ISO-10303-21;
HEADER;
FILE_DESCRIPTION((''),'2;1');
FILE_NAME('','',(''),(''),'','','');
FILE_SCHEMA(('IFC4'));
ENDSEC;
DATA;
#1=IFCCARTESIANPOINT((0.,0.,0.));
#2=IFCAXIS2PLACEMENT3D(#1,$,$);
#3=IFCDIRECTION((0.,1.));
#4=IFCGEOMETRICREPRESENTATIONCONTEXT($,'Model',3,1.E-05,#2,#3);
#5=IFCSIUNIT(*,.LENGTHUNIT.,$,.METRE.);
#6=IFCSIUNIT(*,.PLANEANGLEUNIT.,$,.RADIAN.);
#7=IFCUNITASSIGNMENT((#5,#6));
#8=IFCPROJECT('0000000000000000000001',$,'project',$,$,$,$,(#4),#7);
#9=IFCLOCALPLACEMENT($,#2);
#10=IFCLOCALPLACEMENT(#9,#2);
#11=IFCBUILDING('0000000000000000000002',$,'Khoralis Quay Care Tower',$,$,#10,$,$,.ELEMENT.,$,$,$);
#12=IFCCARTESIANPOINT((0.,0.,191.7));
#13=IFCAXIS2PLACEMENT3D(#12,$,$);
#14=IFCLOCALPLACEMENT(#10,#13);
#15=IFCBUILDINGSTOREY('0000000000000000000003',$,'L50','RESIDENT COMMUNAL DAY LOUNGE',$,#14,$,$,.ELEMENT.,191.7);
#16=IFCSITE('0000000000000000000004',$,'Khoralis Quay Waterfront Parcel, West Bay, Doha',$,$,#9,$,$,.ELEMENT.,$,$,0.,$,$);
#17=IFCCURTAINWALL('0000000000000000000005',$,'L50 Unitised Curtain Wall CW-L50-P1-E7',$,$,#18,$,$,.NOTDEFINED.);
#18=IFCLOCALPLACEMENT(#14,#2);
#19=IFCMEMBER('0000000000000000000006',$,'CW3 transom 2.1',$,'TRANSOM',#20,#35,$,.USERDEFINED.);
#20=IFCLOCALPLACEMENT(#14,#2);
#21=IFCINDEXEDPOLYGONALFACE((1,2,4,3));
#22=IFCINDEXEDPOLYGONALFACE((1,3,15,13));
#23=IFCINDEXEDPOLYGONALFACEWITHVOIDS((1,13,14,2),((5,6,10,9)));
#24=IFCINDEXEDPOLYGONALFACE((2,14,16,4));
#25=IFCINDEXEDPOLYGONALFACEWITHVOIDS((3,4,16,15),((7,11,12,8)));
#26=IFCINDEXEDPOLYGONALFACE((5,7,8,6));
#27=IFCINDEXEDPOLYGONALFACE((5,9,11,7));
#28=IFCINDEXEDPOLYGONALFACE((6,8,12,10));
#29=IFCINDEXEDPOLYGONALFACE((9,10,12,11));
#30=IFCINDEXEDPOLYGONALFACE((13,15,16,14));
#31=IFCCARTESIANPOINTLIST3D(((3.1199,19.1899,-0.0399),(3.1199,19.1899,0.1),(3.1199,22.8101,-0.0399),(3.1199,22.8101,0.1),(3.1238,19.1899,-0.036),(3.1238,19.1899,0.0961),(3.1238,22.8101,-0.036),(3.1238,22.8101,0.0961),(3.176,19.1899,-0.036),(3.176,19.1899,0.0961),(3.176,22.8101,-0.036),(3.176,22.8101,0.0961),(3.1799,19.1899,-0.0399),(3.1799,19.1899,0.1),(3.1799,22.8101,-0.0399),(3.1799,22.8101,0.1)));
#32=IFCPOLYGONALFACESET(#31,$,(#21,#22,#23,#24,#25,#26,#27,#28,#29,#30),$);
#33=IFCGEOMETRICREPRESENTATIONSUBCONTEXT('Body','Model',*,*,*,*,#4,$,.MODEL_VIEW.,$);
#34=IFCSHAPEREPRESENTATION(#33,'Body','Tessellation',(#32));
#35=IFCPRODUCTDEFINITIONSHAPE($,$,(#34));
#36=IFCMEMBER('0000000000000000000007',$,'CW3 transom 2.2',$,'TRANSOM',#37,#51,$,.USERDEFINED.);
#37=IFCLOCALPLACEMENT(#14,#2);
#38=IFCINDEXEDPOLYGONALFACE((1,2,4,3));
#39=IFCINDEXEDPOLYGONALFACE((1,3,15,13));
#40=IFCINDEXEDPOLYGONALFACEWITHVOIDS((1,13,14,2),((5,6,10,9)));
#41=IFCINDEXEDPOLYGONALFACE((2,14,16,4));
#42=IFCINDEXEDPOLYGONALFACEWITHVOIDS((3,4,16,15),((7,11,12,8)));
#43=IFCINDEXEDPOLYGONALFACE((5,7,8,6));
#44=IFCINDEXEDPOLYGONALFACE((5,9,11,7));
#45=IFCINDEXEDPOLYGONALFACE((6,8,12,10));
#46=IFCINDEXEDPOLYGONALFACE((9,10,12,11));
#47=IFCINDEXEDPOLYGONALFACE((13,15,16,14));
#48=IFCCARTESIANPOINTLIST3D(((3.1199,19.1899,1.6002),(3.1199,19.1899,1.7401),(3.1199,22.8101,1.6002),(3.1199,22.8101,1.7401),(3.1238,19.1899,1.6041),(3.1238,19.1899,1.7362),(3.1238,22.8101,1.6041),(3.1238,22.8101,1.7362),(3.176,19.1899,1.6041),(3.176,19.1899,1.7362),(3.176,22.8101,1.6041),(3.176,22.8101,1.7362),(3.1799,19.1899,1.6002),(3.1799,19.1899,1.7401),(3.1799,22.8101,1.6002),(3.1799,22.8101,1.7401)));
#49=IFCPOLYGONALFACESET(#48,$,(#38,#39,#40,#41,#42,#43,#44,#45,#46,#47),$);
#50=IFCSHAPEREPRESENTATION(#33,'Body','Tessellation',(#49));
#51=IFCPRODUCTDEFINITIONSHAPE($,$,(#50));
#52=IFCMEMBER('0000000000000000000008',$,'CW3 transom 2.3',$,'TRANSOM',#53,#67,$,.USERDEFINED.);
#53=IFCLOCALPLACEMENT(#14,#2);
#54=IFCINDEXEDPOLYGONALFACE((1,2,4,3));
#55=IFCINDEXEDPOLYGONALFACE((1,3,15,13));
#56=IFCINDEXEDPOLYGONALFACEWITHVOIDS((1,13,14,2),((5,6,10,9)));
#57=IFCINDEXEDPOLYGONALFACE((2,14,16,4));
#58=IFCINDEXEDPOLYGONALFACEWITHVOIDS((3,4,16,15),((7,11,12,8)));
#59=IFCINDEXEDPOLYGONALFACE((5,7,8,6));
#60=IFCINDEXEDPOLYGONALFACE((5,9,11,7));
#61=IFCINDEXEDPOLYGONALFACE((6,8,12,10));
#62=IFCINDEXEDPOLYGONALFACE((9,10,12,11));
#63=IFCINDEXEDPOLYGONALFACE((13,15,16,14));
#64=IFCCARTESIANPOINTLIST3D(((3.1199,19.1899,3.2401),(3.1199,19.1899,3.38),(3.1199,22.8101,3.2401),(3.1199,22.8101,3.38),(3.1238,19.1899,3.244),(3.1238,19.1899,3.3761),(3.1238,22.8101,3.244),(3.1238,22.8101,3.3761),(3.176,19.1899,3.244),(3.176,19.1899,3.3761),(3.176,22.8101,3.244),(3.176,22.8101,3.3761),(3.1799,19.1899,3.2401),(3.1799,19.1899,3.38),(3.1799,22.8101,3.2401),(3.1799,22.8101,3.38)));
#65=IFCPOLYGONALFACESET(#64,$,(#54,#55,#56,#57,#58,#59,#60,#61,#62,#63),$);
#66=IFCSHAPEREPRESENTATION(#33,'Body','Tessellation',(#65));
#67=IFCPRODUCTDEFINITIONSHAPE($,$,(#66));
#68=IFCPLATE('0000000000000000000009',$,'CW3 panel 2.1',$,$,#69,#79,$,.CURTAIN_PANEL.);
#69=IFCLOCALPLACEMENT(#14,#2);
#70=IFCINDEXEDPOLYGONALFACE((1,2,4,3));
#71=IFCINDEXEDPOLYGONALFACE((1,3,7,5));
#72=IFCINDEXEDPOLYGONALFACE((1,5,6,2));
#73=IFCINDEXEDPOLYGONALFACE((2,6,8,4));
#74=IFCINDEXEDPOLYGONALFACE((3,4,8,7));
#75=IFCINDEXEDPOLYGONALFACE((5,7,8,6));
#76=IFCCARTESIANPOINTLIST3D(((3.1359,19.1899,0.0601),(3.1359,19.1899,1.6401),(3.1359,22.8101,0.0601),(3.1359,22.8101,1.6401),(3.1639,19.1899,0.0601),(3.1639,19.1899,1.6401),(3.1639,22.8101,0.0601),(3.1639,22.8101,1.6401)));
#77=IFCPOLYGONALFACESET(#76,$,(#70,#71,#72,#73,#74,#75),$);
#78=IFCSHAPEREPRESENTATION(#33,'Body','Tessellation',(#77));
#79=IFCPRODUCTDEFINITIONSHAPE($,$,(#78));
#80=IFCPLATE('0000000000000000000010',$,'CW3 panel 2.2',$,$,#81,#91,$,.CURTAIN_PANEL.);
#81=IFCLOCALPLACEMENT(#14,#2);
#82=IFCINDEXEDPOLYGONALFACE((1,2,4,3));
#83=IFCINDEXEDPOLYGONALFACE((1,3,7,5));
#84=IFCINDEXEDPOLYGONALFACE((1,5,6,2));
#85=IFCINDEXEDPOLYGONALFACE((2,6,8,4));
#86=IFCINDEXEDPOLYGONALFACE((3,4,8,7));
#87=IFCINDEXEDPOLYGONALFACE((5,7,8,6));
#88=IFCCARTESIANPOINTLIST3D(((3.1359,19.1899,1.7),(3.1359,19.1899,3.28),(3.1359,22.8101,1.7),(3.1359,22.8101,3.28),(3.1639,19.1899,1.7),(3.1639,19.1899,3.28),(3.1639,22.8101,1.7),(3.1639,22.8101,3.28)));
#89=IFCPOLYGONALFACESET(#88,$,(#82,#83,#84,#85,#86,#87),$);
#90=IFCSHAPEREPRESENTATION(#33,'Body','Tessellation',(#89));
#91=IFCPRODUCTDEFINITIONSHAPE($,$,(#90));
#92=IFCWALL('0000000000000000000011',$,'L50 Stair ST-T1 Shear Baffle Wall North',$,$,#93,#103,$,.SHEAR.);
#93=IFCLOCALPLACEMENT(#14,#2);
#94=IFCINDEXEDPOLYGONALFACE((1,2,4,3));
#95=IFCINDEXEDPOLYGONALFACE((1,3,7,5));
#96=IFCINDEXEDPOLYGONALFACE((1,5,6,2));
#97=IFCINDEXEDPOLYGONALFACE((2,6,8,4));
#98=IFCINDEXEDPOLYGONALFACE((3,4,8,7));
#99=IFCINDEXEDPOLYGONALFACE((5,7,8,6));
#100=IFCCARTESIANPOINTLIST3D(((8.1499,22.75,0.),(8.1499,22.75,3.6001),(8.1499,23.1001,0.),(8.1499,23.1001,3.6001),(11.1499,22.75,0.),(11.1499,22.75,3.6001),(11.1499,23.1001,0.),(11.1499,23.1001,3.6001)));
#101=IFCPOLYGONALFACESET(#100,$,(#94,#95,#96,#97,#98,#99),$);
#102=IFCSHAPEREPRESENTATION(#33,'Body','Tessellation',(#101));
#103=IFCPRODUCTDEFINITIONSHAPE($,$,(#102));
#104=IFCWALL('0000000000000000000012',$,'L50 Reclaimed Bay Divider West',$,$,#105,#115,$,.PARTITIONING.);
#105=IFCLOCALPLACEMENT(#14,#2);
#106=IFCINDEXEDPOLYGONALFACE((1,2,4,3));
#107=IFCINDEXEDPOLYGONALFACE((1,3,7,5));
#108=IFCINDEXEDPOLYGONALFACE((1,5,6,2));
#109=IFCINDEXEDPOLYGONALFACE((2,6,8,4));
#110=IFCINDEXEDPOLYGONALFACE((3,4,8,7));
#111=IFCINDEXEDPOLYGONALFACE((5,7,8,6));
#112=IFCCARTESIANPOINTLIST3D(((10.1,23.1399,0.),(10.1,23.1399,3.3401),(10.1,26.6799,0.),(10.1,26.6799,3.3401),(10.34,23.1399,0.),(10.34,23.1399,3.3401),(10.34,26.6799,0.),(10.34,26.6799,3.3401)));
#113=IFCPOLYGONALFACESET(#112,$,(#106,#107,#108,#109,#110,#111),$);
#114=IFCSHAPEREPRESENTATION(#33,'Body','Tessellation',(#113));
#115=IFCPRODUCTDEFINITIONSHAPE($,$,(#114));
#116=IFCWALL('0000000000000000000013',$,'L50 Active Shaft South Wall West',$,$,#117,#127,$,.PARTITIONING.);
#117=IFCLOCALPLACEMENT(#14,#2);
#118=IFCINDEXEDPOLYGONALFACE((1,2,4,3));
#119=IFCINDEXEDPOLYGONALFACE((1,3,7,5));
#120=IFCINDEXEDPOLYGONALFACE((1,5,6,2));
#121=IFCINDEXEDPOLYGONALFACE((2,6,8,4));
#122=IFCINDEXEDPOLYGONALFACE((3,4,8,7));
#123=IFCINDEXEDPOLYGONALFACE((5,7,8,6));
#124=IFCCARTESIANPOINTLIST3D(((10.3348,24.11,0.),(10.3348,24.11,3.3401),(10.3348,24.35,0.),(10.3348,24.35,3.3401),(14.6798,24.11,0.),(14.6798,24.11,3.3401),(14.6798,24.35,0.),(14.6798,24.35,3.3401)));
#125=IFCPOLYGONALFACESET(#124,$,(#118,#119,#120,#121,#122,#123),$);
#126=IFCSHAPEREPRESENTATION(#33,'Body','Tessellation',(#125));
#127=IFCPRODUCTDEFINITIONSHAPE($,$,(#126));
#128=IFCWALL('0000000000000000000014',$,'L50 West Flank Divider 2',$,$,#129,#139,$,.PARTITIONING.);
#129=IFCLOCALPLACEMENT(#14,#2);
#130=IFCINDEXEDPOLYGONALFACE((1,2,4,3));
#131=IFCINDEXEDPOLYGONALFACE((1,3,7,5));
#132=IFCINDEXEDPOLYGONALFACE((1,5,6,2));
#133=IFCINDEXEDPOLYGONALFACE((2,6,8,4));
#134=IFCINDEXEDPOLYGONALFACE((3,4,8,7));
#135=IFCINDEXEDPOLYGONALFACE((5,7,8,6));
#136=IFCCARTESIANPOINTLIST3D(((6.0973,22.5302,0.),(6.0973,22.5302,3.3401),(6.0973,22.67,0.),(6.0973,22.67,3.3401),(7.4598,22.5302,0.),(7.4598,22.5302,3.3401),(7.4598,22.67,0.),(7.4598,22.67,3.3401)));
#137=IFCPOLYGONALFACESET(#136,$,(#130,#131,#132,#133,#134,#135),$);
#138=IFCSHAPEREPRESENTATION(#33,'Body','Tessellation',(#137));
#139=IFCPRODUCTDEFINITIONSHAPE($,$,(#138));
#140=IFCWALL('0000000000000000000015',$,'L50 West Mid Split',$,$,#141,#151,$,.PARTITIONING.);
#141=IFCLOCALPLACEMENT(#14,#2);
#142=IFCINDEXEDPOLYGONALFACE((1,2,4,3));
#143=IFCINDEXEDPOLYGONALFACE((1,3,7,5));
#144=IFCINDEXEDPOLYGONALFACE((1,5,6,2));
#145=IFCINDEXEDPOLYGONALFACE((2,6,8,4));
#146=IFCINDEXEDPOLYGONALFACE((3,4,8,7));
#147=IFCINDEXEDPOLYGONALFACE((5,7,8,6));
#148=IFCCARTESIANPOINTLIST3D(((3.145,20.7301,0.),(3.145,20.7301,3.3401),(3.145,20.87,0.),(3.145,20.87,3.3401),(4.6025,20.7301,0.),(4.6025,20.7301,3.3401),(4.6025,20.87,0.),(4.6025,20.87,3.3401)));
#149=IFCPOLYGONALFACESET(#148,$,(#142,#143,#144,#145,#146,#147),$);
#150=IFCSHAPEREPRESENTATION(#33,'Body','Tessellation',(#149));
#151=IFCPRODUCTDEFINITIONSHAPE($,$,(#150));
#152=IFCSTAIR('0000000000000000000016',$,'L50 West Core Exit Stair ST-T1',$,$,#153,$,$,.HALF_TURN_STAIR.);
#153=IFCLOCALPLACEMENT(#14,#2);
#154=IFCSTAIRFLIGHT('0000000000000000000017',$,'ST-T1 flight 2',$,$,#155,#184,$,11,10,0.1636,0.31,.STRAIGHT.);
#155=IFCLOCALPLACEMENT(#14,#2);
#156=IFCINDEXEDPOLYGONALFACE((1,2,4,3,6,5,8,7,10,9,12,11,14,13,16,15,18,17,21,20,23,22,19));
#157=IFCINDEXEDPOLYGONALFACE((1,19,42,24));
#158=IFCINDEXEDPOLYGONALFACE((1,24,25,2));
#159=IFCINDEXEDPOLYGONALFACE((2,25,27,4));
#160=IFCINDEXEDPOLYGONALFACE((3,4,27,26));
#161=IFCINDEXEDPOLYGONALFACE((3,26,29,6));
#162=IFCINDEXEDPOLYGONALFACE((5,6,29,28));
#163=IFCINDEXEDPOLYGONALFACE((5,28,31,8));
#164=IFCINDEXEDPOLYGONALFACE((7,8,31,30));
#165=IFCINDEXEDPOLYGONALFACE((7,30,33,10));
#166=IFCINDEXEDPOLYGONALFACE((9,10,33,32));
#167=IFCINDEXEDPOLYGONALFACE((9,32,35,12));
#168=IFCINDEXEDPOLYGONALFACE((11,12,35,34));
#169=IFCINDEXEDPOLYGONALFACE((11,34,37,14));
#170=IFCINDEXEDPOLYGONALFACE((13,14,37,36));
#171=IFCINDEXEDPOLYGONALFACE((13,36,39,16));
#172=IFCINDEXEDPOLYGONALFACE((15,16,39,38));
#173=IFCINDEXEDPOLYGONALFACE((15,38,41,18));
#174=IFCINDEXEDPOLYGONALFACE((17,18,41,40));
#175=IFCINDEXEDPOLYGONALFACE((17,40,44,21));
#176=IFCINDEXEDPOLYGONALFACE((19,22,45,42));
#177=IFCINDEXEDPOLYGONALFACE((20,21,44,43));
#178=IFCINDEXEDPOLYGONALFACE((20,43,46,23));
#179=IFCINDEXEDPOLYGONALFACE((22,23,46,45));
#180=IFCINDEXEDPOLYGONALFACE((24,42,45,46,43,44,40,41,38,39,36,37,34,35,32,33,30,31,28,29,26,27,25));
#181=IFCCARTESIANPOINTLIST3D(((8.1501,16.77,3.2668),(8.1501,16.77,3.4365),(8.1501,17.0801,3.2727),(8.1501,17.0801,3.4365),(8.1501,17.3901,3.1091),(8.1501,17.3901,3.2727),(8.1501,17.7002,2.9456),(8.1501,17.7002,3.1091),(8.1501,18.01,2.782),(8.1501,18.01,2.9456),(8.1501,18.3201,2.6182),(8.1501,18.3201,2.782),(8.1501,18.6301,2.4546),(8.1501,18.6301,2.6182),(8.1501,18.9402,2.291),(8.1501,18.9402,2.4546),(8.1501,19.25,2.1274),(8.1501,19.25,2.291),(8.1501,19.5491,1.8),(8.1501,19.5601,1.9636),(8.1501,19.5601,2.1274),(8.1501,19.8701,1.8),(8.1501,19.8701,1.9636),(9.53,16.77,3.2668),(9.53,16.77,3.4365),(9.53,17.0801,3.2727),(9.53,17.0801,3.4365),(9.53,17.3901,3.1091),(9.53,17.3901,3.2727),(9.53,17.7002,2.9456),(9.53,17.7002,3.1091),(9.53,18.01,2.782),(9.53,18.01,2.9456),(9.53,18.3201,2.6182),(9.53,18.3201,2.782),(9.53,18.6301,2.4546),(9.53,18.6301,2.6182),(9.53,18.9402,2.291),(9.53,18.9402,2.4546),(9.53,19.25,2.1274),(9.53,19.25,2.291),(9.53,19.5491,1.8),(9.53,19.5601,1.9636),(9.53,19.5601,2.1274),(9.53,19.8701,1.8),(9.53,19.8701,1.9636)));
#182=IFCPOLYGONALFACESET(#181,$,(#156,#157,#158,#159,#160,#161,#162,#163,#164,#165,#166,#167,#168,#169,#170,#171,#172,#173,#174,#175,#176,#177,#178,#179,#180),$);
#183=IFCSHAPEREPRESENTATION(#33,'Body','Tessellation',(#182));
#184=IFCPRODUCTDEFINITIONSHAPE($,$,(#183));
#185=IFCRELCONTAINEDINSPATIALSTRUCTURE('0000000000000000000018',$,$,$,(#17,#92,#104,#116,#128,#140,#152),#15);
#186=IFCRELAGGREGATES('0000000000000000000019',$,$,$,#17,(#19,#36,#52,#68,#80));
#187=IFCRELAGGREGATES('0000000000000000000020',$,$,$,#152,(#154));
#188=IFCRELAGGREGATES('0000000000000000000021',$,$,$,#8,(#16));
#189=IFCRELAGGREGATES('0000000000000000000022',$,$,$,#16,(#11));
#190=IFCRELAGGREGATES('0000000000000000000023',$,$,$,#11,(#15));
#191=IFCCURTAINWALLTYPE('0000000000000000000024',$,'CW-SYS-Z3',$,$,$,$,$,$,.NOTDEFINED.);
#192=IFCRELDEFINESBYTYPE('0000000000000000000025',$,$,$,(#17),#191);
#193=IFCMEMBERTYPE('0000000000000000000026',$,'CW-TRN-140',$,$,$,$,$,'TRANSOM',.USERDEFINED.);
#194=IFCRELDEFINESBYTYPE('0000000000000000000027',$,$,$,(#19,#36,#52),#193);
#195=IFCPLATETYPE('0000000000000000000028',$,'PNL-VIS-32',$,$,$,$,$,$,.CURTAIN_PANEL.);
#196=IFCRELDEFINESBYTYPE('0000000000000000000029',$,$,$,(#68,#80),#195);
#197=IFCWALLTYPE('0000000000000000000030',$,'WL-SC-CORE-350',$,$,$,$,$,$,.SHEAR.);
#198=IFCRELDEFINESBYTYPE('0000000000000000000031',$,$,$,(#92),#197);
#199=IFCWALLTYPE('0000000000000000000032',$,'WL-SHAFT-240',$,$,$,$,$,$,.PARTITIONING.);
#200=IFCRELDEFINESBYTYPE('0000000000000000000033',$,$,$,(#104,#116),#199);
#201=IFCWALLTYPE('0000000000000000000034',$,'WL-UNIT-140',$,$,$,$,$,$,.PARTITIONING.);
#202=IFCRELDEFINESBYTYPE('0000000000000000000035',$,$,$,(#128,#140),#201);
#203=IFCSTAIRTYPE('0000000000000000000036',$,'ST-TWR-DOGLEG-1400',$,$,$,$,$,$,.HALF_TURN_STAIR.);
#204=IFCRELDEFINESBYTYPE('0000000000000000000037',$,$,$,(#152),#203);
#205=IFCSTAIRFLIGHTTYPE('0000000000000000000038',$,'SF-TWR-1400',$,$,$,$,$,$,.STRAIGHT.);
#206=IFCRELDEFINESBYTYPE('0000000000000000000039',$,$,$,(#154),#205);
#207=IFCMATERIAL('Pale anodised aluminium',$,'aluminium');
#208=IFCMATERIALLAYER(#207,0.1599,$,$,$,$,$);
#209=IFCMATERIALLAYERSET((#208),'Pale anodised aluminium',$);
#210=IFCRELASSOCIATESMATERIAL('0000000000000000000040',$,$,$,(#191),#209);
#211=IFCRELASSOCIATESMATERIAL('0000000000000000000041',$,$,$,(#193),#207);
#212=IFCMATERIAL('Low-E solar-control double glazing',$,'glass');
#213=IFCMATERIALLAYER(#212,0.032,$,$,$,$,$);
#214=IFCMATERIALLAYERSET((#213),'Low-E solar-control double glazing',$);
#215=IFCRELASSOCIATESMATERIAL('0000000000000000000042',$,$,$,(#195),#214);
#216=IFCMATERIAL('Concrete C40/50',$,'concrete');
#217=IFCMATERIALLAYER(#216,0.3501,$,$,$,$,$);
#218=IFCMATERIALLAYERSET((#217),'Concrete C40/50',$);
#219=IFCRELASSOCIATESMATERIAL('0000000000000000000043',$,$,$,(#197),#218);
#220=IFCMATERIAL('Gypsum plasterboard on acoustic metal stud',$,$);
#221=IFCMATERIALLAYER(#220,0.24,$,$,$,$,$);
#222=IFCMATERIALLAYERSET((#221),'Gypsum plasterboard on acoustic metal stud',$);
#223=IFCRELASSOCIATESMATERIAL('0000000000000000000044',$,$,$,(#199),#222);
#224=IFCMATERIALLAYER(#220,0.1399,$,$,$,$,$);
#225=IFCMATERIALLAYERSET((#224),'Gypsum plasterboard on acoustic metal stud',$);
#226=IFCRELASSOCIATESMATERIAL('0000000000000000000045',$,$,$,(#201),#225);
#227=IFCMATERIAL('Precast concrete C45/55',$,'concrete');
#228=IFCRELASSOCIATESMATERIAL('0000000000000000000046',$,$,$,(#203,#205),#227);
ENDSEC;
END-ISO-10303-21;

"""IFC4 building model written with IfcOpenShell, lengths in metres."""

from ifc_helpers import new_model, si_unit, direction, frame, frame_2d, origin, origin_2d, place, context, subcontext, project, spatial, polyline, rectangle, hollow_rectangle, outline, extrude, source, transform, mapped, material, layer, layer_set, material_profile, profile_set, type_object, element, aggregate, save


model = new_model("IFC4")

# Units and contexts
model_context = context("Model", 3, precision=1e-05, world=origin(), true_north=direction((0.0, 1.0)))
body_context = subcontext(model_context, "Body", "Model", "MODEL_VIEW")
ifc_project = project(units=[si_unit("LENGTHUNIT", "METRE"), si_unit("PLANEANGLEUNIT", "RADIAN")], contexts=[model_context])

# Site, building, storey
site_placement = place(None, origin())
site = spatial("IfcSite", under=ifc_project, at=site_placement, Name="Khoralis Quay Waterfront Parcel, West Bay, Doha", CompositionType="ELEMENT", RefElevation=0.0)
building_placement = place(site_placement, origin())
building = spatial("IfcBuilding", under=site, at=building_placement, Name="Khoralis Quay Care Tower", CompositionType="ELEMENT")
storey_placement = place(building_placement, frame((0.0, 0.0, 191.7)))
storey = spatial("IfcBuildingStorey", under=building, at=storey_placement, Name="L50", Description="RESIDENT COMMUNAL DAY LOUNGE", CompositionType="ELEMENT", Elevation=191.7)

# Curtain wall, members, plates
ifc_material_1 = material(Name="Pale anodised aluminium", Category="aluminium")
ifc_layer_1 = layer(ifc_material_1, 0.1599)
ifc_layer_set_1 = layer_set([ifc_layer_1], Name="Pale anodised aluminium")
curtain_wall_type = type_object("IfcCurtainWallType", Name="CW-SYS-Z3", PredefinedType="NOTDEFINED", material=ifc_layer_set_1)
curtain_wall_placement = place(storey_placement, origin())
curtain_wall = element("IfcCurtainWall", 1, at=curtain_wall_placement, inside=storey, type_object=curtain_wall_type, Name="L50 Unitised Curtain Wall CW-L50-P1-E7", PredefinedType="NOTDEFINED")
ifc_material_profile_1 = material_profile(ifc_material_1, hollow_rectangle(XDim=0.0601, YDim=0.1399, WallThickness=0.0039, at=origin_2d()), Name="Pale anodised aluminium")
ifc_profile_set_1 = profile_set([ifc_material_profile_1], Name="Pale anodised aluminium")
member_type_1 = type_object("IfcMemberType", Name="CW-TRN-140", ElementType="TRANSOM", PredefinedType="USERDEFINED", material=ifc_profile_set_1)
shared_shape_1 = source(origin(), body_context, "Body", "SweptSolid", [
    extrude(hollow_rectangle(XDim=0.0601, YDim=0.1399, WallThickness=0.0039, at=origin_2d()), origin(), (0.0, 0.0, 1.0), 3.6201),
])
member_1_placement = place(storey_placement, frame((3.1499, 22.8101, 0.03), z_axis=(0.0, -1.0, 0.0), x_axis=(1.0, 0.0, 0.0)))
member_1 = element("IfcMember", 2, at=member_1_placement, type_object=member_type_1, Name="CW3 transom 2.1", ObjectType="TRANSOM", PredefinedType="USERDEFINED", context=body_context, shape_type="MappedRepresentation", body=[
    mapped(shared_shape_1, transform((0.0, 0.0, 0.0), scale=1.0)),
])
member_2_placement = place(storey_placement, frame((3.1499, 22.8101, 1.6702), z_axis=(0.0, -1.0, 0.0), x_axis=(1.0, 0.0, 0.0)))
member_2 = element("IfcMember", 3, at=member_2_placement, type_object=member_type_1, Name="CW3 transom 2.2", ObjectType="TRANSOM", PredefinedType="USERDEFINED", context=body_context, shape_type="MappedRepresentation", body=[
    mapped(shared_shape_1, transform((0.0, 0.0, 0.0), scale=1.0)),
])
member_3_placement = place(storey_placement, frame((3.1499, 22.8101, 3.3101), z_axis=(0.0, -1.0, 0.0), x_axis=(1.0, 0.0, 0.0)))
member_3 = element("IfcMember", 4, at=member_3_placement, type_object=member_type_1, Name="CW3 transom 2.3", ObjectType="TRANSOM", PredefinedType="USERDEFINED", context=body_context, shape_type="MappedRepresentation", body=[
    mapped(shared_shape_1, transform((0.0, 0.0, 0.0), scale=1.0)),
])
ifc_material_2 = material(Name="Low-E solar-control double glazing", Category="glass")
ifc_layer_2 = layer(ifc_material_2, 0.032)
ifc_layer_set_2 = layer_set([ifc_layer_2], Name="Low-E solar-control double glazing")
plate_type = type_object("IfcPlateType", Name="PNL-VIS-32", PredefinedType="CURTAIN_PANEL", material=ifc_layer_set_2)
shared_shape_2 = source(origin(), body_context, "Body", "SweptSolid", [
    extrude(rectangle(XDim=3.6201, YDim=0.0281, at=origin_2d()), origin(), (0.0, 0.0, 1.0), 1.5801),
])
plate_1_placement = place(storey_placement, frame((3.1499, 21.0, 0.0601), z_axis=(0.0, 0.0, 1.0), x_axis=(0.0, -1.0, 0.0)))
plate_1 = element("IfcPlate", 5, at=plate_1_placement, type_object=plate_type, Name="CW3 panel 2.1", PredefinedType="CURTAIN_PANEL", context=body_context, shape_type="MappedRepresentation", body=[
    mapped(shared_shape_2, transform((0.0, 0.0, 0.0), scale=1.0)),
])
plate_2_placement = place(storey_placement, frame((3.1499, 21.0, 1.7), z_axis=(0.0, 0.0, 1.0), x_axis=(0.0, -1.0, 0.0)))
plate_2 = element("IfcPlate", 6, at=plate_2_placement, type_object=plate_type, Name="CW3 panel 2.2", PredefinedType="CURTAIN_PANEL", context=body_context, shape_type="MappedRepresentation", body=[
    mapped(shared_shape_2, transform((0.0, 0.0, 0.0), scale=1.0)),
])
aggregate(curtain_wall, [member_1, member_2, member_3, plate_1, plate_2])

# Walls
ifc_material_3 = material(Name="Concrete C40/50", Category="concrete")
ifc_layer_3 = layer(ifc_material_3, 0.3501)
ifc_layer_set_3 = layer_set([ifc_layer_3], Name="Concrete C40/50")
wall_type_1 = type_object("IfcWallType", Name="WL-SC-CORE-350", PredefinedType="SHEAR", material=ifc_layer_set_3)
wall_1_placement = place(storey_placement, frame((8.1499, 22.925, 0.0), z_axis=(0.0, 0.0, 1.0), x_axis=(1.0, 0.0, 0.0)))
element("IfcWall", 7, at=wall_1_placement, inside=storey, type_object=wall_type_1, Name="L50 Stair ST-T1 Shear Baffle Wall North", PredefinedType="SHEAR", context=body_context, shape_type="SweptSolid", body=[
    extrude(rectangle(XDim=3.0, YDim=0.3501, at=frame_2d((1.5, 0.0))), origin(), (0.0, 0.0, 1.0), 3.6001),
])
ifc_material_4 = material(Name="Gypsum plasterboard on acoustic metal stud")
ifc_layer_4 = layer(ifc_material_4, 0.24)
ifc_layer_set_4 = layer_set([ifc_layer_4], Name="Gypsum plasterboard on acoustic metal stud")
wall_type_2 = type_object("IfcWallType", Name="WL-SHAFT-240", PredefinedType="PARTITIONING", material=ifc_layer_set_4)
wall_2_placement = place(storey_placement, frame((10.22, 23.1399, 0.0), z_axis=(0.0, 0.0, 1.0), x_axis=(0.0, 1.0, 0.0)))
element("IfcWall", 8, at=wall_2_placement, inside=storey, type_object=wall_type_2, Name="L50 Reclaimed Bay Divider West", PredefinedType="PARTITIONING", context=body_context, shape_type="SweptSolid", body=[
    extrude(rectangle(XDim=3.54, YDim=0.24, at=frame_2d((1.77, 0.0))), origin(), (0.0, 0.0, 1.0), 3.3401),
])
wall_3_placement = place(storey_placement, frame((10.335, 24.23, 0.0), z_axis=(0.0, 0.0, 1.0), x_axis=(1.0, 0.0, 0.0)))
element("IfcWall", 9, at=wall_3_placement, inside=storey, type_object=wall_type_2, Name="L50 Active Shaft South Wall West", PredefinedType="PARTITIONING", context=body_context, shape_type="SweptSolid", body=[
    extrude(rectangle(XDim=4.345, YDim=0.24, at=frame_2d((2.1724, 0.0))), origin(), (0.0, 0.0, 1.0), 3.3401),
])
ifc_layer_5 = layer(ifc_material_4, 0.1399)
ifc_layer_set_5 = layer_set([ifc_layer_5], Name="Gypsum plasterboard on acoustic metal stud")
wall_type_3 = type_object("IfcWallType", Name="WL-UNIT-140", PredefinedType="PARTITIONING", material=ifc_layer_set_5)
wall_4_placement = place(storey_placement, frame((6.0974, 22.6001, 0.0), z_axis=(0.0, 0.0, 1.0), x_axis=(1.0, 0.0, 0.0)))
element("IfcWall", 10, at=wall_4_placement, inside=storey, type_object=wall_type_3, Name="L50 West Flank Divider 2", PredefinedType="PARTITIONING", context=body_context, shape_type="SweptSolid", body=[
    extrude(rectangle(XDim=1.3625, YDim=0.1399, at=frame_2d((0.6812, 0.0))), origin(), (0.0, 0.0, 1.0), 3.3401),
])
wall_5_placement = place(storey_placement, frame((3.145, 20.8, 0.0), z_axis=(0.0, 0.0, 1.0), x_axis=(1.0, 0.0, 0.0)))
element("IfcWall", 11, at=wall_5_placement, inside=storey, type_object=wall_type_3, Name="L50 West Mid Split", PredefinedType="PARTITIONING", context=body_context, shape_type="SweptSolid", body=[
    extrude(rectangle(XDim=1.4575, YDim=0.1399, at=frame_2d((0.7288, 0.0))), origin(), (0.0, 0.0, 1.0), 3.3401),
])

# Stair, stair flight
ifc_material_5 = material(Name="Precast concrete C45/55", Category="concrete")
stair_type = type_object("IfcStairType", Name="ST-TWR-DOGLEG-1400", PredefinedType="HALF_TURN_STAIR", material=ifc_material_5)
stair_placement = place(storey_placement, origin())
stair = element("IfcStair", 12, at=stair_placement, inside=storey, type_object=stair_type, Name="L50 West Core Exit Stair ST-T1", PredefinedType="HALF_TURN_STAIR")
stair_flight_type = type_object("IfcStairFlightType", Name="SF-TWR-1400", PredefinedType="STRAIGHT", material=ifc_material_5)
shared_shape_3 = source(origin(), body_context, "Body", "SweptSolid", [
    extrude(outline(polyline([(0.0, 0.0), (0.0, 0.1636), (0.3101, 0.1636), (0.3101, 0.3274), (0.6201, 0.3274), (0.6201, 0.491), (0.9299, 0.491), (0.9299, 0.6545), (1.24, 0.6545), (1.24, 0.8181), (1.55, 0.8181), (1.55, 0.9819), (1.8601, 0.9819), (1.8601, 1.1455), (2.1699, 1.1455), (2.1699, 1.3091), (2.48, 1.3091), (2.48, 1.4727), (2.79, 1.4727), (2.79, 1.6365), (3.1001, 1.6365), (3.1001, 1.8), (3.1001, 1.4668), (0.321, 0.0), (0.0, 0.0)])), frame((0.0, 0.6899, 0.0), z_axis=(0.0, -1.0, 0.0), x_axis=(1.0, 0.0, 0.0)), (0.0, 0.0, 1.0), 1.3799),
])
stair_flight_placement = place(storey_placement, frame((8.8401, 19.8701, 1.8), z_axis=(0.0, 0.0, 1.0), x_axis=(0.0, -1.0, 0.0)))
stair_flight = element("IfcStairFlight", 13, at=stair_flight_placement, type_object=stair_flight_type, Name="ST-T1 flight 2", NumberOfRisers=11, NumberOfTreads=10, PredefinedType="STRAIGHT", RiserHeight=0.1636, TreadLength=0.31, context=body_context, shape_type="MappedRepresentation", body=[
    mapped(shared_shape_3, transform((0.0, 0.0, 0.0), scale=1.0)),
])
aggregate(stair, [stair_flight])

save(model, "model.ifc")
